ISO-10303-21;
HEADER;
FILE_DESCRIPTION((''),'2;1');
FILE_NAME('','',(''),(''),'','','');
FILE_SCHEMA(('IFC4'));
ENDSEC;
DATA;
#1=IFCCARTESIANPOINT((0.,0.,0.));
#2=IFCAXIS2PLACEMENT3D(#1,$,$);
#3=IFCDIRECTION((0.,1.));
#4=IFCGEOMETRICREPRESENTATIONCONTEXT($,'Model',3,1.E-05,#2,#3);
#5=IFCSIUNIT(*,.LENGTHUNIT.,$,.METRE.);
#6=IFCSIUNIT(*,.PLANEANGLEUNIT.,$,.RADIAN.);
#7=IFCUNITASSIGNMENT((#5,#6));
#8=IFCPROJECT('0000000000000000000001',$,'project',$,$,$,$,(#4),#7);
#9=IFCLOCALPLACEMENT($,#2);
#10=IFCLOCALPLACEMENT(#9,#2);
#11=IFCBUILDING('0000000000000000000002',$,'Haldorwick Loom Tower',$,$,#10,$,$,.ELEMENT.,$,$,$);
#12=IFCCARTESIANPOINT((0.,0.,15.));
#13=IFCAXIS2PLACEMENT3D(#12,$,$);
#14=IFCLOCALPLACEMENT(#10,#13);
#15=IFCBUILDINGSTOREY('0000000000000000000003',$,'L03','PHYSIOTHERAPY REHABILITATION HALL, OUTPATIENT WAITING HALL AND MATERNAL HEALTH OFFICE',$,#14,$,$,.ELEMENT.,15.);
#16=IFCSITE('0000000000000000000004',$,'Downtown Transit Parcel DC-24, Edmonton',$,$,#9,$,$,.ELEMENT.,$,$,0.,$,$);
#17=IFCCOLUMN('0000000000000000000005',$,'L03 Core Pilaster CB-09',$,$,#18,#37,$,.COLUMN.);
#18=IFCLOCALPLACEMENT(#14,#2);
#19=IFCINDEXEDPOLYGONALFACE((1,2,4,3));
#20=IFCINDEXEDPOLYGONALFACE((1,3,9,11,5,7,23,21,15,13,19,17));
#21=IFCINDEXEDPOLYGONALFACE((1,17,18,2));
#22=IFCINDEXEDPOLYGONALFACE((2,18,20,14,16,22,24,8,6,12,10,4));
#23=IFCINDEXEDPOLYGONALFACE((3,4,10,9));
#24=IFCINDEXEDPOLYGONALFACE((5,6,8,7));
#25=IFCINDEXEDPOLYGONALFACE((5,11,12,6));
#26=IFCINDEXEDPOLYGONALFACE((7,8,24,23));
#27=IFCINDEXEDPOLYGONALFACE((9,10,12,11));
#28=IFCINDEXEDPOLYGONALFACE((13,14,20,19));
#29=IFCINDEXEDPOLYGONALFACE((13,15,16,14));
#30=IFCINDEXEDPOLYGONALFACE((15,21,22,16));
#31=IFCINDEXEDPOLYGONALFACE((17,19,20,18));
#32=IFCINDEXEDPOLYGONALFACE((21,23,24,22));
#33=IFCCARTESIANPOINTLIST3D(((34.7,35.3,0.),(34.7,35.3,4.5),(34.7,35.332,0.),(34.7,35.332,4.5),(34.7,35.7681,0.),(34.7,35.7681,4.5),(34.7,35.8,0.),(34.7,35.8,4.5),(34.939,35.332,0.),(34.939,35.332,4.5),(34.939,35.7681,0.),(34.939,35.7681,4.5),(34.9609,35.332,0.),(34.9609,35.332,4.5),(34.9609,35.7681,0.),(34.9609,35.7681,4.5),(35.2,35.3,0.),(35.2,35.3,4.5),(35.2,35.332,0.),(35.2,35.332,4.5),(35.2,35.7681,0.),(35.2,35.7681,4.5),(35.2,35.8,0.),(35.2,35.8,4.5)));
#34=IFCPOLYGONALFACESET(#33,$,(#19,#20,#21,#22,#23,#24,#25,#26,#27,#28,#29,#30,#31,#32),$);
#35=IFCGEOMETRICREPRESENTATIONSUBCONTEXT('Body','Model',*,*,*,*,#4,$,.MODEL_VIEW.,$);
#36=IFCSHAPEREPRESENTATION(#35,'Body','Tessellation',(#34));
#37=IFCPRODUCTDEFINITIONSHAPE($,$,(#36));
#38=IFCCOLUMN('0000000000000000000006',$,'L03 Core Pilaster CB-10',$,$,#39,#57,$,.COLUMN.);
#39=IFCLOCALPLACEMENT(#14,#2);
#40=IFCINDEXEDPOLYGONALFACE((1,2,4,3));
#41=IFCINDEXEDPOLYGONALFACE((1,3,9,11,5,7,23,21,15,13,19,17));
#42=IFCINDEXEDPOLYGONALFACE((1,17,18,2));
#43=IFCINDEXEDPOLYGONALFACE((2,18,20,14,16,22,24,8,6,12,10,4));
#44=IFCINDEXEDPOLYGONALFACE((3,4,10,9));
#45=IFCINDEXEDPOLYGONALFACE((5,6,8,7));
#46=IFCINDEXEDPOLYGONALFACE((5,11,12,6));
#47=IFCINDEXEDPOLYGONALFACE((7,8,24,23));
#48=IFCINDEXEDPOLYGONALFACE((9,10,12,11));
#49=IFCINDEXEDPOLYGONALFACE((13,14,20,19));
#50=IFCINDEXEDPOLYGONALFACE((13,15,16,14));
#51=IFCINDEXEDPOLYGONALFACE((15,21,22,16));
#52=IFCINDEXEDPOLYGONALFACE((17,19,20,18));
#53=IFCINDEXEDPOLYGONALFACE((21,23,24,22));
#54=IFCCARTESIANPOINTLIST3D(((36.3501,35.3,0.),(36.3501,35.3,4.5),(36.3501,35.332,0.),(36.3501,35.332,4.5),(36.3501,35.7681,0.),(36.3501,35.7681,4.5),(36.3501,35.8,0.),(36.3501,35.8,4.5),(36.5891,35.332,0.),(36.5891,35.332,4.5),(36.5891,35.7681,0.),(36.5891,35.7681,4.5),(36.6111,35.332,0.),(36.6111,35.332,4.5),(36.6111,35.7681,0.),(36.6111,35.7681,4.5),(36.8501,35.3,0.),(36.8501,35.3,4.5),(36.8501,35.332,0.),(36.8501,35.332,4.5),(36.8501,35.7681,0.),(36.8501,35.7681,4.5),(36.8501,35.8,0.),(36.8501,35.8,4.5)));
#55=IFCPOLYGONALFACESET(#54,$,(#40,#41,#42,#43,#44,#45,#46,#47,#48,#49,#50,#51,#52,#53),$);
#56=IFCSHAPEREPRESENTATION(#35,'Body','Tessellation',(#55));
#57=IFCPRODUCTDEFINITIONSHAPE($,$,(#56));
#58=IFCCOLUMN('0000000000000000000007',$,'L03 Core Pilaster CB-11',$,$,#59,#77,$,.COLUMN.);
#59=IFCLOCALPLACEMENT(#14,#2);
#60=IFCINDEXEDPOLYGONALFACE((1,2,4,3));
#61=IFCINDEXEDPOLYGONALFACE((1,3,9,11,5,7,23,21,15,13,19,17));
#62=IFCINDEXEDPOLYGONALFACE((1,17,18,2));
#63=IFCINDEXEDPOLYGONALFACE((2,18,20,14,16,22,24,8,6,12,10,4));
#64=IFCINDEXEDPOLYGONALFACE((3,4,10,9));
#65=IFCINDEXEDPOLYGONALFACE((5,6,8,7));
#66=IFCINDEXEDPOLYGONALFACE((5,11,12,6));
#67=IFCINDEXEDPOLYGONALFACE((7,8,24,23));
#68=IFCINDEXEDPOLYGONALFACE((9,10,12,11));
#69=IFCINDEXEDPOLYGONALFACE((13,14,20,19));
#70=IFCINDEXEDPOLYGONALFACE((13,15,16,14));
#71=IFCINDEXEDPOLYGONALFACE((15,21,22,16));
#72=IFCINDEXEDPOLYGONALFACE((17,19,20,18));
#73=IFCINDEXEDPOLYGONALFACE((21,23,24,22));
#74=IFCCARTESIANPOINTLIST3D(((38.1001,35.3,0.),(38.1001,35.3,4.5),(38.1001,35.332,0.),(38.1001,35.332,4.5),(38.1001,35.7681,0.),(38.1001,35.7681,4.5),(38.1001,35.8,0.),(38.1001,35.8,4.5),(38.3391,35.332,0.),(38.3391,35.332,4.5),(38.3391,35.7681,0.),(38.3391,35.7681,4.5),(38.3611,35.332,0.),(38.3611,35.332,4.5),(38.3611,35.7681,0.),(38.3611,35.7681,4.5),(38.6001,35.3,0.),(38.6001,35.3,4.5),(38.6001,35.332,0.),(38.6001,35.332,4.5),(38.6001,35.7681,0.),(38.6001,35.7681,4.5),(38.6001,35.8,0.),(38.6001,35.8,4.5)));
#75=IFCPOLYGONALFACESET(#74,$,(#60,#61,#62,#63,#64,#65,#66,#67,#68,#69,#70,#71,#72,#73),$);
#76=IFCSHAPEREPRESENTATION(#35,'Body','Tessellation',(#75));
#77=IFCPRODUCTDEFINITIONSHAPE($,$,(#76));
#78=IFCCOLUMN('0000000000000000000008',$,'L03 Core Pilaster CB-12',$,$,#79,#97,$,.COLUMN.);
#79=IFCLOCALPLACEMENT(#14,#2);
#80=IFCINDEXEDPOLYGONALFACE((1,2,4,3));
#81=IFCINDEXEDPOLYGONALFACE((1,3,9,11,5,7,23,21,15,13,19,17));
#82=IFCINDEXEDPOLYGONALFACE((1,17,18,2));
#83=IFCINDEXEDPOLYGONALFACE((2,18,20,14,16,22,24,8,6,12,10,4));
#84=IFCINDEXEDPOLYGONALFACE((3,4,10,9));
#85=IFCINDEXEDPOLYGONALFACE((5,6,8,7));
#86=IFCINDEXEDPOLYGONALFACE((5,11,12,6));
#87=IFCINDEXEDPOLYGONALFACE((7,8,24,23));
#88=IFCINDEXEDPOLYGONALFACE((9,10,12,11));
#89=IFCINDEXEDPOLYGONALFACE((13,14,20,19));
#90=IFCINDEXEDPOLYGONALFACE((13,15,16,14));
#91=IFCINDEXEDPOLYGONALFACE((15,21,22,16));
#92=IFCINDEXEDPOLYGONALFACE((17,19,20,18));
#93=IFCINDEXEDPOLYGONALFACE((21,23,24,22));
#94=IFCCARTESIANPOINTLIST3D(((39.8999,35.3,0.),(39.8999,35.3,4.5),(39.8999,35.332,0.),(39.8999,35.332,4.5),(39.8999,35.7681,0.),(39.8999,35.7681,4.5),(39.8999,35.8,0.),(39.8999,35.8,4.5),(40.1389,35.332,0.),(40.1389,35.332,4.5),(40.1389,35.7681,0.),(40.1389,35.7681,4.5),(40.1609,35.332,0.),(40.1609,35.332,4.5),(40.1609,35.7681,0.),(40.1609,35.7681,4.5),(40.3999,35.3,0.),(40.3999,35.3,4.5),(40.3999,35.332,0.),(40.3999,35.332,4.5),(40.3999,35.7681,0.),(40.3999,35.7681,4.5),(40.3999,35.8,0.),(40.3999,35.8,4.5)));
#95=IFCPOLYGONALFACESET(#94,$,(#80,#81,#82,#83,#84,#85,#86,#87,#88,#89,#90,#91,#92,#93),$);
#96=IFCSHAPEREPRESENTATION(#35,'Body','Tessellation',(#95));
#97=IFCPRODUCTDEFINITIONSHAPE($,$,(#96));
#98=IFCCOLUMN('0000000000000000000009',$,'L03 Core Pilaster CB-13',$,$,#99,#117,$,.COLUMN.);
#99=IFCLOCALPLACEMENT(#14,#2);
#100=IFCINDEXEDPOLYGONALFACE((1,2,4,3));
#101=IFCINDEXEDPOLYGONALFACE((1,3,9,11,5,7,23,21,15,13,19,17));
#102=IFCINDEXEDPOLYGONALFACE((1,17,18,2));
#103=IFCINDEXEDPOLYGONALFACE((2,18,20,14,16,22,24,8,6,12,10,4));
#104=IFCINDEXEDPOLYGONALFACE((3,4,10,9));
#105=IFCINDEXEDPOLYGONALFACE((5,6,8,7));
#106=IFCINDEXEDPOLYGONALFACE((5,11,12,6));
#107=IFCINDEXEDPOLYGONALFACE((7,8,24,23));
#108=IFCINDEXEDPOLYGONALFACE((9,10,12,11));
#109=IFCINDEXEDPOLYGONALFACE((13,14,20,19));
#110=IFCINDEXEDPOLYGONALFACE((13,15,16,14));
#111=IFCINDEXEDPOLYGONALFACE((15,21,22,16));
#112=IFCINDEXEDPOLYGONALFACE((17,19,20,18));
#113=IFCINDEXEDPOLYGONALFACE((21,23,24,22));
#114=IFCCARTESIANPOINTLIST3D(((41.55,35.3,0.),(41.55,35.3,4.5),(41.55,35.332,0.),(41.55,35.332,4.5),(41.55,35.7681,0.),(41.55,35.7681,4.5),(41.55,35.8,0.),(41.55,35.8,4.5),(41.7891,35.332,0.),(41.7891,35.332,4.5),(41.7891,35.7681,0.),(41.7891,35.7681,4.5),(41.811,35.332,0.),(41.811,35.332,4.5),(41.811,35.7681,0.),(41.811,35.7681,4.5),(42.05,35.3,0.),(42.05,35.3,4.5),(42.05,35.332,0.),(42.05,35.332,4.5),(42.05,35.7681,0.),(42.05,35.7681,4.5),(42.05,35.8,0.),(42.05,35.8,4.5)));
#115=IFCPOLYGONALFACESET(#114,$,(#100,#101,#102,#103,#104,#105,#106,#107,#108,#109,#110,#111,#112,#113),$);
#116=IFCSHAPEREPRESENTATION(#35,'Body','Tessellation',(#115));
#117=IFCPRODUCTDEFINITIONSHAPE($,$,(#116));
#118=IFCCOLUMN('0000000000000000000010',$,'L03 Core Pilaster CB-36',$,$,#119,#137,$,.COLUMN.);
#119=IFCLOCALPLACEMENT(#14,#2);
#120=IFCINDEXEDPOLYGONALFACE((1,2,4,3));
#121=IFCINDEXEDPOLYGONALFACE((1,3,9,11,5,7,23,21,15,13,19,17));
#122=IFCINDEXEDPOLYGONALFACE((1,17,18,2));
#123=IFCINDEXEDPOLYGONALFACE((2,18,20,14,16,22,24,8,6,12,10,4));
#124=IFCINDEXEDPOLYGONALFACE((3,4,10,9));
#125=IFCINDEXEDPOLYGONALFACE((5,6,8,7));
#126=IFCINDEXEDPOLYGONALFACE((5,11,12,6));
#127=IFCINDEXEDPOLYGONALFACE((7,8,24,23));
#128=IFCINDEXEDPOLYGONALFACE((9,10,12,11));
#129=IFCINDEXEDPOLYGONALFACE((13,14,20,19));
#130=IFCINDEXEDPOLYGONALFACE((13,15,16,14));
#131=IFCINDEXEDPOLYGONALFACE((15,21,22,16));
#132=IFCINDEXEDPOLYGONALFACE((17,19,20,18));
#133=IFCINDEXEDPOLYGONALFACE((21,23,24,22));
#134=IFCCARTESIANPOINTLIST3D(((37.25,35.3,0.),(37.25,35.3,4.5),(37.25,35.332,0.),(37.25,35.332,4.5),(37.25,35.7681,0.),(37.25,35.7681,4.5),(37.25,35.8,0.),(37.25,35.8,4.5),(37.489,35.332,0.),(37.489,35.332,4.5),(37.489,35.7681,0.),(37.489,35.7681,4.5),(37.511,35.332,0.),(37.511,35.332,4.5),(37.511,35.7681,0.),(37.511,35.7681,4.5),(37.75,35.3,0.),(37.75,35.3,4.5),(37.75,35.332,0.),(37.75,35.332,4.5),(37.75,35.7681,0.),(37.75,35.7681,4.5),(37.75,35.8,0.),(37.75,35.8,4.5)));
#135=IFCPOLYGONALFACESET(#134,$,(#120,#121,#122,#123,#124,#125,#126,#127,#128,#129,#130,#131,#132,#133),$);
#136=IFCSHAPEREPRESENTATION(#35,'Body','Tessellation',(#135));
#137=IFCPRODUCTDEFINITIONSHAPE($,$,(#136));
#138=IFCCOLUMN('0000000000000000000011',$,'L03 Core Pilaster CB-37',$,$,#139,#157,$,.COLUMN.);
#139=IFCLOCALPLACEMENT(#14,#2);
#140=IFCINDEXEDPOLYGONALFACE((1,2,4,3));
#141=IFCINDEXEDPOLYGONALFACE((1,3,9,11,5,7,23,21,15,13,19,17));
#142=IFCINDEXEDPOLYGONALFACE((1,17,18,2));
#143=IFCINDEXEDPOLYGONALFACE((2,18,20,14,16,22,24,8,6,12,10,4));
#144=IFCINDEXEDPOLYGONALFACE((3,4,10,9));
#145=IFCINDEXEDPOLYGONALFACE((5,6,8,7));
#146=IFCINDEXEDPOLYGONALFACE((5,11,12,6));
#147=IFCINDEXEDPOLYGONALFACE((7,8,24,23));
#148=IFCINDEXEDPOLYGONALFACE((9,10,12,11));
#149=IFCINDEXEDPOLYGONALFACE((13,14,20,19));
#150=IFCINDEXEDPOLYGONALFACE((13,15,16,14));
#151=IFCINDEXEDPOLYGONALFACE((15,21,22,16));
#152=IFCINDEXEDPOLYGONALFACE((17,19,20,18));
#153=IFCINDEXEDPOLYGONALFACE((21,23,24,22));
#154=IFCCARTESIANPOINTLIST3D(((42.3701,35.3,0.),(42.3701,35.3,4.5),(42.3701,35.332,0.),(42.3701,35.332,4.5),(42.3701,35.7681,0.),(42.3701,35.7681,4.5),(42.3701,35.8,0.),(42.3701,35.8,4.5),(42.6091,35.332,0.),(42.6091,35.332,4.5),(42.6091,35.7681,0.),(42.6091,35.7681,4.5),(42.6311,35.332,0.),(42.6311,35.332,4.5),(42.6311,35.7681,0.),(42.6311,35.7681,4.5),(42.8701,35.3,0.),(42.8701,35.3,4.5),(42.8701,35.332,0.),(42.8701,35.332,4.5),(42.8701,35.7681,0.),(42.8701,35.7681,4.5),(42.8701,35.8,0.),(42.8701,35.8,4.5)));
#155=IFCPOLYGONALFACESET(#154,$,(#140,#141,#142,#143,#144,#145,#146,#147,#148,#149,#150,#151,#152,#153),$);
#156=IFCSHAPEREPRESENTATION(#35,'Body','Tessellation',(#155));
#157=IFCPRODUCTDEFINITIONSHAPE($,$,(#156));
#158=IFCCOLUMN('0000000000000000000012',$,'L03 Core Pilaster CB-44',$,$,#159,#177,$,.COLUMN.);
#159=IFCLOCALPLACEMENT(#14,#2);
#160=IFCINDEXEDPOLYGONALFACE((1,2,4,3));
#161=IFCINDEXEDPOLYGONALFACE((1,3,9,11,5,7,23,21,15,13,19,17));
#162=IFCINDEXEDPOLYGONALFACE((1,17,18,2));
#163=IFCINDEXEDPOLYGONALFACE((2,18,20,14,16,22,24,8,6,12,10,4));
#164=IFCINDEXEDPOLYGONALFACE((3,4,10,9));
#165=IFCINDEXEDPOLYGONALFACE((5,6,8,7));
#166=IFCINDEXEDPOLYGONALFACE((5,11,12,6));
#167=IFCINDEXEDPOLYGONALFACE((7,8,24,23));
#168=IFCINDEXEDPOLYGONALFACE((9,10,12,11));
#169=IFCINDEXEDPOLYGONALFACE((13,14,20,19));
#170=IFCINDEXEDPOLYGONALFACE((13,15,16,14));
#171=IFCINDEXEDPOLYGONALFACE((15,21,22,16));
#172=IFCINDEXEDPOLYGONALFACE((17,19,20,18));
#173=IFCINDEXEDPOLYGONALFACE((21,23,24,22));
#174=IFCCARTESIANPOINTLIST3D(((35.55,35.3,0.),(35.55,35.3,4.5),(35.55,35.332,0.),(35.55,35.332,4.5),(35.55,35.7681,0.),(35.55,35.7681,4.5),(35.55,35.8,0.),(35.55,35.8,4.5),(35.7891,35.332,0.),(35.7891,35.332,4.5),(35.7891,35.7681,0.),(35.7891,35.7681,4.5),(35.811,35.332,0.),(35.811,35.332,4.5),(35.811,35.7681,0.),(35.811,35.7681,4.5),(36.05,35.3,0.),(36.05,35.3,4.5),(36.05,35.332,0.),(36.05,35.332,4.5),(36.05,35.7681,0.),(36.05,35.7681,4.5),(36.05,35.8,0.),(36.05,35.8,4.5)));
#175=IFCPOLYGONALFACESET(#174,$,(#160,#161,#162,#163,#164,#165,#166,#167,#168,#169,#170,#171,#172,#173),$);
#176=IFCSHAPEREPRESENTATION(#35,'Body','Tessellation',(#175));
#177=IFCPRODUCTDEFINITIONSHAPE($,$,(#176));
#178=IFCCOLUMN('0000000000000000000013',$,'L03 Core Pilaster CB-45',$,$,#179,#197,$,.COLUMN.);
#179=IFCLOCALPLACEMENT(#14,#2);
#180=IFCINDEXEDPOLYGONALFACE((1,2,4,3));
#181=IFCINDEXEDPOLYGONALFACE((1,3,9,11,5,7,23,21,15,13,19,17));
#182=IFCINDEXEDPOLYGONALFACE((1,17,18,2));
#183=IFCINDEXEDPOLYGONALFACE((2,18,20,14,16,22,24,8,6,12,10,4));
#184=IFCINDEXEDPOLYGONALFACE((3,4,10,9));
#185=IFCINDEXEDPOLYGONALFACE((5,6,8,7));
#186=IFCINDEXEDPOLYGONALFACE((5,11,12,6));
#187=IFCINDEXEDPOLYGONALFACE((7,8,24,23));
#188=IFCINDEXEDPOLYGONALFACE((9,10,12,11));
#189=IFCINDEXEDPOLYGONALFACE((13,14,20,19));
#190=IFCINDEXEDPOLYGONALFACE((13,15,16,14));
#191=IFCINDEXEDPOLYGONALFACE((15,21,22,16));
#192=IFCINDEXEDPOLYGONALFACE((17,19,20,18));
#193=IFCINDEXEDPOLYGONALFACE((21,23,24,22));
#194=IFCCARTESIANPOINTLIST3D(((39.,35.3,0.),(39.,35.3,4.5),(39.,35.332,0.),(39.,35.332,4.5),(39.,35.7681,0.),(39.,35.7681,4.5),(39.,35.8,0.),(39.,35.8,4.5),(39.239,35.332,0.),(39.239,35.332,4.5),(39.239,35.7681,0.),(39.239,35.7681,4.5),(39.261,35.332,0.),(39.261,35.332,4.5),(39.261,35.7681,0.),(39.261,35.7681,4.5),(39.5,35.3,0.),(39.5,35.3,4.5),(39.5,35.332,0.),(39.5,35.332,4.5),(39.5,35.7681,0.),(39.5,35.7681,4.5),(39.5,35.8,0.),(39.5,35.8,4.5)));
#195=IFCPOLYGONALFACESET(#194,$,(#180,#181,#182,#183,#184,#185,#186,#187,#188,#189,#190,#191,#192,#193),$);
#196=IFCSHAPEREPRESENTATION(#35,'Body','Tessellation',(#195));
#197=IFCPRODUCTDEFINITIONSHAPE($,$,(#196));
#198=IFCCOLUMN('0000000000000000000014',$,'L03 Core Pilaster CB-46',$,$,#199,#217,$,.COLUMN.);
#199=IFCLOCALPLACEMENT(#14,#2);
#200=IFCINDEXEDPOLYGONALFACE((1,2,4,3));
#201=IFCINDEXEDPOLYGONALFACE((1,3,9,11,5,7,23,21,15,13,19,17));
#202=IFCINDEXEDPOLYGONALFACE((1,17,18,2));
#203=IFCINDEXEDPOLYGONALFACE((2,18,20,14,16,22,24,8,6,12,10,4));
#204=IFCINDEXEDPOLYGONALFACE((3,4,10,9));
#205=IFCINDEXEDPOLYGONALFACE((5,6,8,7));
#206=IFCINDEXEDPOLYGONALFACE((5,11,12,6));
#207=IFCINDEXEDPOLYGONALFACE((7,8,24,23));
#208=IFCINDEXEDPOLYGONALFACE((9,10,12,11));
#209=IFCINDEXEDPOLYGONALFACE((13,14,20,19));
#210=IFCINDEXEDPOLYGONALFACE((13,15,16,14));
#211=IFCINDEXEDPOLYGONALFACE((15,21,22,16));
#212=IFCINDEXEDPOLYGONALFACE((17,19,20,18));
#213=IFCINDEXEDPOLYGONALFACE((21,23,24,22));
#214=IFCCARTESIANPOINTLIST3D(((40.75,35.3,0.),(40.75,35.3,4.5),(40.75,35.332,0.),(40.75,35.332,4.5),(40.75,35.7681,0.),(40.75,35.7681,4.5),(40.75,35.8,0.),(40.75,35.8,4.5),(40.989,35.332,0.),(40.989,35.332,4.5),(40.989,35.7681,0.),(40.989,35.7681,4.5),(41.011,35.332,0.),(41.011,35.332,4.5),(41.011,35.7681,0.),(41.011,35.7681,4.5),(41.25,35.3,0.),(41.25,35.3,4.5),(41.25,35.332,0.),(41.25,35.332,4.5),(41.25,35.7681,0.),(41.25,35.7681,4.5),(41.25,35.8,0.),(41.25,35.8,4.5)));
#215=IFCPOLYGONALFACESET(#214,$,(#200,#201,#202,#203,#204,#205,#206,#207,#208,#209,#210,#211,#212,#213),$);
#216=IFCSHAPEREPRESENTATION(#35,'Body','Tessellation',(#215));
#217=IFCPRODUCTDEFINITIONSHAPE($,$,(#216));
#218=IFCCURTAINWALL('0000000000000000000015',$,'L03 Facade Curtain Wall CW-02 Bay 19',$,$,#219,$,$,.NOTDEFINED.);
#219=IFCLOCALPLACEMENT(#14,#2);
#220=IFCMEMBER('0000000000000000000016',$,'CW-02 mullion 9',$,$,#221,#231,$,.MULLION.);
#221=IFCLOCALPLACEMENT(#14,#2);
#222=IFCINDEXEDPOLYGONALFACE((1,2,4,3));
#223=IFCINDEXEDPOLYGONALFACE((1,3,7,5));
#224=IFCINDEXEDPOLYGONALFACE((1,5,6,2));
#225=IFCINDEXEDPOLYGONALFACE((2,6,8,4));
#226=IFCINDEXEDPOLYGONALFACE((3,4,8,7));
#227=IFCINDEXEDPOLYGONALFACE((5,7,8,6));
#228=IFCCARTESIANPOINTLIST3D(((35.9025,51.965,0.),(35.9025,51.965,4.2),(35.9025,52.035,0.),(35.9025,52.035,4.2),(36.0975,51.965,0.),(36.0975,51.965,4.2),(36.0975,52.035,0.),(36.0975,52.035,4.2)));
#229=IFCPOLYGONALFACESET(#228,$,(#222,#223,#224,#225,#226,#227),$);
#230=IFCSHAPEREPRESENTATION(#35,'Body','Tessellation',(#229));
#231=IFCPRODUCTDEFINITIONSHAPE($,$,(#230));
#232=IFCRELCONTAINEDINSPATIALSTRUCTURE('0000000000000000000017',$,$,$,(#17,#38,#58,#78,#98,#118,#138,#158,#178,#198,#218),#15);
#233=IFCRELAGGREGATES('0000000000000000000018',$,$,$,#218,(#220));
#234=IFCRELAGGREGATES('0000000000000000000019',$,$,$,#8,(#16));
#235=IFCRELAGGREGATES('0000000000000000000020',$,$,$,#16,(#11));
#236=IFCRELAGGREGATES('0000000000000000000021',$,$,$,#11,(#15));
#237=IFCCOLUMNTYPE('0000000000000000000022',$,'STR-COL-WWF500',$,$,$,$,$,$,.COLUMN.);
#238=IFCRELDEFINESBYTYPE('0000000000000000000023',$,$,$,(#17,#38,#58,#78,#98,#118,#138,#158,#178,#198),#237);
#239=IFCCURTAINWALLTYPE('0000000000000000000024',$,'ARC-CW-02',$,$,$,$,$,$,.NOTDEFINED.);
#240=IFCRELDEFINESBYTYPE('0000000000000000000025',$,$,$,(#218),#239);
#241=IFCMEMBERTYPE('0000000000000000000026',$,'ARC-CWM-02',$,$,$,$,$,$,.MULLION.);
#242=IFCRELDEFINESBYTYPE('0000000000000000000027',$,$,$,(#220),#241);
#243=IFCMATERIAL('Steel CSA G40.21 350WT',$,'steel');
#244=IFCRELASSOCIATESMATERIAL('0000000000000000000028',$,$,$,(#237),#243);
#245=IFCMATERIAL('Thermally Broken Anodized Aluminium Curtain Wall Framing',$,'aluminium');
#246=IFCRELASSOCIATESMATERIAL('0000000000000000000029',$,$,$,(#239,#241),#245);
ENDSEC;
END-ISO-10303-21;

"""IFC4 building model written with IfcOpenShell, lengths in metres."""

from ifc_helpers import new_model, si_unit, direction, frame, origin, origin_2d, place, context, subcontext, project, spatial, rectangle, i_section, extrude, material, material_profile, profile_set, type_object, element, aggregate, save


model = new_model("IFC4")

# Units and contexts
model_context = context("Model", 3, precision=1e-05, world=origin(), true_north=direction((0.0, 1.0)))
body_context = subcontext(model_context, "Body", "Model", "MODEL_VIEW")
ifc_project = project(units=[si_unit("LENGTHUNIT", "METRE"), si_unit("PLANEANGLEUNIT", "RADIAN")], contexts=[model_context])

# Site, building, storey
site_placement = place(None, origin())
site = spatial("IfcSite", under=ifc_project, at=site_placement, Name="Downtown Transit Parcel DC-24, Edmonton", CompositionType="ELEMENT", RefElevation=0.0)
building_placement = place(site_placement, origin())
building = spatial("IfcBuilding", under=site, at=building_placement, Name="Haldorwick Loom Tower", CompositionType="ELEMENT")
storey_placement = place(building_placement, frame((0.0, 0.0, 15.0)))
storey = spatial("IfcBuildingStorey", under=building, at=storey_placement, Name="L03", Description="PHYSIOTHERAPY REHABILITATION HALL, OUTPATIENT WAITING HALL AND MATERNAL HEALTH OFFICE", CompositionType="ELEMENT", Elevation=15.0)

# Columns
ifc_material_1 = material(Name="Steel CSA G40.21 350WT", Category="steel")
ifc_material_profile_1 = material_profile(ifc_material_1, i_section(OverallWidth=0.5, OverallDepth=0.5, WebThickness=0.022, FlangeThickness=0.032, at=origin_2d()), Name="WWF500X500", Category="steel")
ifc_profile_set_1 = profile_set([ifc_material_profile_1], Name="Steel CSA G40.21 350WT")
column_type = type_object("IfcColumnType", Name="STR-COL-WWF500", PredefinedType="COLUMN", material=ifc_profile_set_1)
for number, where, z_axis, x_axis, name in (
    (1, (34.95, 35.55, 0.0), (0.0, 0.0, 1.0), (1.0, 0.0, 0.0), "L03 Core Pilaster CB-09"),
    (2, (36.6001, 35.55, 0.0), (0.0, 0.0, 1.0), (1.0, 0.0, 0.0), "L03 Core Pilaster CB-10"),
    (3, (38.3501, 35.55, 0.0), (0.0, 0.0, 1.0), (1.0, 0.0, 0.0), "L03 Core Pilaster CB-11"),
    (4, (40.1499, 35.55, 0.0), (0.0, 0.0, 1.0), (1.0, 0.0, 0.0), "L03 Core Pilaster CB-12"),
    (5, (41.8, 35.55, 0.0), (0.0, 0.0, 1.0), (1.0, 0.0, 0.0), "L03 Core Pilaster CB-13"),
    (6, (37.5, 35.55, 0.0), (0.0, 0.0, 1.0), (1.0, 0.0, 0.0), "L03 Core Pilaster CB-36"),
    (7, (42.6201, 35.55, 0.0), (0.0, 0.0, 1.0), (1.0, 0.0, 0.0), "L03 Core Pilaster CB-37"),
    (8, (35.8, 35.55, 0.0), (0.0, 0.0, 1.0), (1.0, 0.0, 0.0), "L03 Core Pilaster CB-44"),
    (9, (39.25, 35.55, 0.0), (0.0, 0.0, 1.0), (1.0, 0.0, 0.0), "L03 Core Pilaster CB-45"),
    (10, (41.0, 35.55, 0.0), (0.0, 0.0, 1.0), (1.0, 0.0, 0.0), "L03 Core Pilaster CB-46"),
):
    element("IfcColumn", number, at=place(storey_placement, frame(where, z_axis=z_axis, x_axis=x_axis)), inside=storey, type_object=column_type, Name=name, PredefinedType="COLUMN", context=body_context, shape_type="SweptSolid", body=[
        extrude(i_section(OverallWidth=0.5, OverallDepth=0.5, WebThickness=0.022, FlangeThickness=0.032, at=origin_2d()), origin(), (0.0, 0.0, 1.0), 4.5),
    ])

# Curtain wall, member
ifc_material_2 = material(Name="Thermally Broken Anodized Aluminium Curtain Wall Framing", Category="aluminium")
curtain_wall_type = type_object("IfcCurtainWallType", Name="ARC-CW-02", PredefinedType="NOTDEFINED", material=ifc_material_2)
curtain_wall_placement = place(storey_placement, origin())
curtain_wall = element("IfcCurtainWall", 11, at=curtain_wall_placement, inside=storey, type_object=curtain_wall_type, Name="L03 Facade Curtain Wall CW-02 Bay 19", PredefinedType="NOTDEFINED")
ifc_material_profile_2 = material_profile(ifc_material_2, rectangle(XDim=0.0701, YDim=0.1951, at=origin_2d()), Name="ALU_MUL_70X195", Category="aluminium")
ifc_profile_set_2 = profile_set([ifc_material_profile_2], Name="Thermally Broken Anodized Aluminium Curtain Wall Framing")
member_type_1 = type_object("IfcMemberType", Name="ARC-CWM-02", PredefinedType="MULLION", material=ifc_profile_set_2)
member_1_placement = place(storey_placement, frame((36.0, 52.0, 0.0), z_axis=(0.0, 0.0, 1.0), x_axis=(0.0, -1.0, 0.0)))
member_1 = element("IfcMember", 12, at=member_1_placement, type_object=member_type_1, Name="CW-02 mullion 9", PredefinedType="MULLION", context=body_context, shape_type="SweptSolid", body=[
    extrude(rectangle(XDim=0.0701, YDim=0.1951, at=origin_2d()), origin(), (0.0, 0.0, 1.0), 4.2),
])

aggregate(curtain_wall, [member_1])

save(model, "model.ifc")
